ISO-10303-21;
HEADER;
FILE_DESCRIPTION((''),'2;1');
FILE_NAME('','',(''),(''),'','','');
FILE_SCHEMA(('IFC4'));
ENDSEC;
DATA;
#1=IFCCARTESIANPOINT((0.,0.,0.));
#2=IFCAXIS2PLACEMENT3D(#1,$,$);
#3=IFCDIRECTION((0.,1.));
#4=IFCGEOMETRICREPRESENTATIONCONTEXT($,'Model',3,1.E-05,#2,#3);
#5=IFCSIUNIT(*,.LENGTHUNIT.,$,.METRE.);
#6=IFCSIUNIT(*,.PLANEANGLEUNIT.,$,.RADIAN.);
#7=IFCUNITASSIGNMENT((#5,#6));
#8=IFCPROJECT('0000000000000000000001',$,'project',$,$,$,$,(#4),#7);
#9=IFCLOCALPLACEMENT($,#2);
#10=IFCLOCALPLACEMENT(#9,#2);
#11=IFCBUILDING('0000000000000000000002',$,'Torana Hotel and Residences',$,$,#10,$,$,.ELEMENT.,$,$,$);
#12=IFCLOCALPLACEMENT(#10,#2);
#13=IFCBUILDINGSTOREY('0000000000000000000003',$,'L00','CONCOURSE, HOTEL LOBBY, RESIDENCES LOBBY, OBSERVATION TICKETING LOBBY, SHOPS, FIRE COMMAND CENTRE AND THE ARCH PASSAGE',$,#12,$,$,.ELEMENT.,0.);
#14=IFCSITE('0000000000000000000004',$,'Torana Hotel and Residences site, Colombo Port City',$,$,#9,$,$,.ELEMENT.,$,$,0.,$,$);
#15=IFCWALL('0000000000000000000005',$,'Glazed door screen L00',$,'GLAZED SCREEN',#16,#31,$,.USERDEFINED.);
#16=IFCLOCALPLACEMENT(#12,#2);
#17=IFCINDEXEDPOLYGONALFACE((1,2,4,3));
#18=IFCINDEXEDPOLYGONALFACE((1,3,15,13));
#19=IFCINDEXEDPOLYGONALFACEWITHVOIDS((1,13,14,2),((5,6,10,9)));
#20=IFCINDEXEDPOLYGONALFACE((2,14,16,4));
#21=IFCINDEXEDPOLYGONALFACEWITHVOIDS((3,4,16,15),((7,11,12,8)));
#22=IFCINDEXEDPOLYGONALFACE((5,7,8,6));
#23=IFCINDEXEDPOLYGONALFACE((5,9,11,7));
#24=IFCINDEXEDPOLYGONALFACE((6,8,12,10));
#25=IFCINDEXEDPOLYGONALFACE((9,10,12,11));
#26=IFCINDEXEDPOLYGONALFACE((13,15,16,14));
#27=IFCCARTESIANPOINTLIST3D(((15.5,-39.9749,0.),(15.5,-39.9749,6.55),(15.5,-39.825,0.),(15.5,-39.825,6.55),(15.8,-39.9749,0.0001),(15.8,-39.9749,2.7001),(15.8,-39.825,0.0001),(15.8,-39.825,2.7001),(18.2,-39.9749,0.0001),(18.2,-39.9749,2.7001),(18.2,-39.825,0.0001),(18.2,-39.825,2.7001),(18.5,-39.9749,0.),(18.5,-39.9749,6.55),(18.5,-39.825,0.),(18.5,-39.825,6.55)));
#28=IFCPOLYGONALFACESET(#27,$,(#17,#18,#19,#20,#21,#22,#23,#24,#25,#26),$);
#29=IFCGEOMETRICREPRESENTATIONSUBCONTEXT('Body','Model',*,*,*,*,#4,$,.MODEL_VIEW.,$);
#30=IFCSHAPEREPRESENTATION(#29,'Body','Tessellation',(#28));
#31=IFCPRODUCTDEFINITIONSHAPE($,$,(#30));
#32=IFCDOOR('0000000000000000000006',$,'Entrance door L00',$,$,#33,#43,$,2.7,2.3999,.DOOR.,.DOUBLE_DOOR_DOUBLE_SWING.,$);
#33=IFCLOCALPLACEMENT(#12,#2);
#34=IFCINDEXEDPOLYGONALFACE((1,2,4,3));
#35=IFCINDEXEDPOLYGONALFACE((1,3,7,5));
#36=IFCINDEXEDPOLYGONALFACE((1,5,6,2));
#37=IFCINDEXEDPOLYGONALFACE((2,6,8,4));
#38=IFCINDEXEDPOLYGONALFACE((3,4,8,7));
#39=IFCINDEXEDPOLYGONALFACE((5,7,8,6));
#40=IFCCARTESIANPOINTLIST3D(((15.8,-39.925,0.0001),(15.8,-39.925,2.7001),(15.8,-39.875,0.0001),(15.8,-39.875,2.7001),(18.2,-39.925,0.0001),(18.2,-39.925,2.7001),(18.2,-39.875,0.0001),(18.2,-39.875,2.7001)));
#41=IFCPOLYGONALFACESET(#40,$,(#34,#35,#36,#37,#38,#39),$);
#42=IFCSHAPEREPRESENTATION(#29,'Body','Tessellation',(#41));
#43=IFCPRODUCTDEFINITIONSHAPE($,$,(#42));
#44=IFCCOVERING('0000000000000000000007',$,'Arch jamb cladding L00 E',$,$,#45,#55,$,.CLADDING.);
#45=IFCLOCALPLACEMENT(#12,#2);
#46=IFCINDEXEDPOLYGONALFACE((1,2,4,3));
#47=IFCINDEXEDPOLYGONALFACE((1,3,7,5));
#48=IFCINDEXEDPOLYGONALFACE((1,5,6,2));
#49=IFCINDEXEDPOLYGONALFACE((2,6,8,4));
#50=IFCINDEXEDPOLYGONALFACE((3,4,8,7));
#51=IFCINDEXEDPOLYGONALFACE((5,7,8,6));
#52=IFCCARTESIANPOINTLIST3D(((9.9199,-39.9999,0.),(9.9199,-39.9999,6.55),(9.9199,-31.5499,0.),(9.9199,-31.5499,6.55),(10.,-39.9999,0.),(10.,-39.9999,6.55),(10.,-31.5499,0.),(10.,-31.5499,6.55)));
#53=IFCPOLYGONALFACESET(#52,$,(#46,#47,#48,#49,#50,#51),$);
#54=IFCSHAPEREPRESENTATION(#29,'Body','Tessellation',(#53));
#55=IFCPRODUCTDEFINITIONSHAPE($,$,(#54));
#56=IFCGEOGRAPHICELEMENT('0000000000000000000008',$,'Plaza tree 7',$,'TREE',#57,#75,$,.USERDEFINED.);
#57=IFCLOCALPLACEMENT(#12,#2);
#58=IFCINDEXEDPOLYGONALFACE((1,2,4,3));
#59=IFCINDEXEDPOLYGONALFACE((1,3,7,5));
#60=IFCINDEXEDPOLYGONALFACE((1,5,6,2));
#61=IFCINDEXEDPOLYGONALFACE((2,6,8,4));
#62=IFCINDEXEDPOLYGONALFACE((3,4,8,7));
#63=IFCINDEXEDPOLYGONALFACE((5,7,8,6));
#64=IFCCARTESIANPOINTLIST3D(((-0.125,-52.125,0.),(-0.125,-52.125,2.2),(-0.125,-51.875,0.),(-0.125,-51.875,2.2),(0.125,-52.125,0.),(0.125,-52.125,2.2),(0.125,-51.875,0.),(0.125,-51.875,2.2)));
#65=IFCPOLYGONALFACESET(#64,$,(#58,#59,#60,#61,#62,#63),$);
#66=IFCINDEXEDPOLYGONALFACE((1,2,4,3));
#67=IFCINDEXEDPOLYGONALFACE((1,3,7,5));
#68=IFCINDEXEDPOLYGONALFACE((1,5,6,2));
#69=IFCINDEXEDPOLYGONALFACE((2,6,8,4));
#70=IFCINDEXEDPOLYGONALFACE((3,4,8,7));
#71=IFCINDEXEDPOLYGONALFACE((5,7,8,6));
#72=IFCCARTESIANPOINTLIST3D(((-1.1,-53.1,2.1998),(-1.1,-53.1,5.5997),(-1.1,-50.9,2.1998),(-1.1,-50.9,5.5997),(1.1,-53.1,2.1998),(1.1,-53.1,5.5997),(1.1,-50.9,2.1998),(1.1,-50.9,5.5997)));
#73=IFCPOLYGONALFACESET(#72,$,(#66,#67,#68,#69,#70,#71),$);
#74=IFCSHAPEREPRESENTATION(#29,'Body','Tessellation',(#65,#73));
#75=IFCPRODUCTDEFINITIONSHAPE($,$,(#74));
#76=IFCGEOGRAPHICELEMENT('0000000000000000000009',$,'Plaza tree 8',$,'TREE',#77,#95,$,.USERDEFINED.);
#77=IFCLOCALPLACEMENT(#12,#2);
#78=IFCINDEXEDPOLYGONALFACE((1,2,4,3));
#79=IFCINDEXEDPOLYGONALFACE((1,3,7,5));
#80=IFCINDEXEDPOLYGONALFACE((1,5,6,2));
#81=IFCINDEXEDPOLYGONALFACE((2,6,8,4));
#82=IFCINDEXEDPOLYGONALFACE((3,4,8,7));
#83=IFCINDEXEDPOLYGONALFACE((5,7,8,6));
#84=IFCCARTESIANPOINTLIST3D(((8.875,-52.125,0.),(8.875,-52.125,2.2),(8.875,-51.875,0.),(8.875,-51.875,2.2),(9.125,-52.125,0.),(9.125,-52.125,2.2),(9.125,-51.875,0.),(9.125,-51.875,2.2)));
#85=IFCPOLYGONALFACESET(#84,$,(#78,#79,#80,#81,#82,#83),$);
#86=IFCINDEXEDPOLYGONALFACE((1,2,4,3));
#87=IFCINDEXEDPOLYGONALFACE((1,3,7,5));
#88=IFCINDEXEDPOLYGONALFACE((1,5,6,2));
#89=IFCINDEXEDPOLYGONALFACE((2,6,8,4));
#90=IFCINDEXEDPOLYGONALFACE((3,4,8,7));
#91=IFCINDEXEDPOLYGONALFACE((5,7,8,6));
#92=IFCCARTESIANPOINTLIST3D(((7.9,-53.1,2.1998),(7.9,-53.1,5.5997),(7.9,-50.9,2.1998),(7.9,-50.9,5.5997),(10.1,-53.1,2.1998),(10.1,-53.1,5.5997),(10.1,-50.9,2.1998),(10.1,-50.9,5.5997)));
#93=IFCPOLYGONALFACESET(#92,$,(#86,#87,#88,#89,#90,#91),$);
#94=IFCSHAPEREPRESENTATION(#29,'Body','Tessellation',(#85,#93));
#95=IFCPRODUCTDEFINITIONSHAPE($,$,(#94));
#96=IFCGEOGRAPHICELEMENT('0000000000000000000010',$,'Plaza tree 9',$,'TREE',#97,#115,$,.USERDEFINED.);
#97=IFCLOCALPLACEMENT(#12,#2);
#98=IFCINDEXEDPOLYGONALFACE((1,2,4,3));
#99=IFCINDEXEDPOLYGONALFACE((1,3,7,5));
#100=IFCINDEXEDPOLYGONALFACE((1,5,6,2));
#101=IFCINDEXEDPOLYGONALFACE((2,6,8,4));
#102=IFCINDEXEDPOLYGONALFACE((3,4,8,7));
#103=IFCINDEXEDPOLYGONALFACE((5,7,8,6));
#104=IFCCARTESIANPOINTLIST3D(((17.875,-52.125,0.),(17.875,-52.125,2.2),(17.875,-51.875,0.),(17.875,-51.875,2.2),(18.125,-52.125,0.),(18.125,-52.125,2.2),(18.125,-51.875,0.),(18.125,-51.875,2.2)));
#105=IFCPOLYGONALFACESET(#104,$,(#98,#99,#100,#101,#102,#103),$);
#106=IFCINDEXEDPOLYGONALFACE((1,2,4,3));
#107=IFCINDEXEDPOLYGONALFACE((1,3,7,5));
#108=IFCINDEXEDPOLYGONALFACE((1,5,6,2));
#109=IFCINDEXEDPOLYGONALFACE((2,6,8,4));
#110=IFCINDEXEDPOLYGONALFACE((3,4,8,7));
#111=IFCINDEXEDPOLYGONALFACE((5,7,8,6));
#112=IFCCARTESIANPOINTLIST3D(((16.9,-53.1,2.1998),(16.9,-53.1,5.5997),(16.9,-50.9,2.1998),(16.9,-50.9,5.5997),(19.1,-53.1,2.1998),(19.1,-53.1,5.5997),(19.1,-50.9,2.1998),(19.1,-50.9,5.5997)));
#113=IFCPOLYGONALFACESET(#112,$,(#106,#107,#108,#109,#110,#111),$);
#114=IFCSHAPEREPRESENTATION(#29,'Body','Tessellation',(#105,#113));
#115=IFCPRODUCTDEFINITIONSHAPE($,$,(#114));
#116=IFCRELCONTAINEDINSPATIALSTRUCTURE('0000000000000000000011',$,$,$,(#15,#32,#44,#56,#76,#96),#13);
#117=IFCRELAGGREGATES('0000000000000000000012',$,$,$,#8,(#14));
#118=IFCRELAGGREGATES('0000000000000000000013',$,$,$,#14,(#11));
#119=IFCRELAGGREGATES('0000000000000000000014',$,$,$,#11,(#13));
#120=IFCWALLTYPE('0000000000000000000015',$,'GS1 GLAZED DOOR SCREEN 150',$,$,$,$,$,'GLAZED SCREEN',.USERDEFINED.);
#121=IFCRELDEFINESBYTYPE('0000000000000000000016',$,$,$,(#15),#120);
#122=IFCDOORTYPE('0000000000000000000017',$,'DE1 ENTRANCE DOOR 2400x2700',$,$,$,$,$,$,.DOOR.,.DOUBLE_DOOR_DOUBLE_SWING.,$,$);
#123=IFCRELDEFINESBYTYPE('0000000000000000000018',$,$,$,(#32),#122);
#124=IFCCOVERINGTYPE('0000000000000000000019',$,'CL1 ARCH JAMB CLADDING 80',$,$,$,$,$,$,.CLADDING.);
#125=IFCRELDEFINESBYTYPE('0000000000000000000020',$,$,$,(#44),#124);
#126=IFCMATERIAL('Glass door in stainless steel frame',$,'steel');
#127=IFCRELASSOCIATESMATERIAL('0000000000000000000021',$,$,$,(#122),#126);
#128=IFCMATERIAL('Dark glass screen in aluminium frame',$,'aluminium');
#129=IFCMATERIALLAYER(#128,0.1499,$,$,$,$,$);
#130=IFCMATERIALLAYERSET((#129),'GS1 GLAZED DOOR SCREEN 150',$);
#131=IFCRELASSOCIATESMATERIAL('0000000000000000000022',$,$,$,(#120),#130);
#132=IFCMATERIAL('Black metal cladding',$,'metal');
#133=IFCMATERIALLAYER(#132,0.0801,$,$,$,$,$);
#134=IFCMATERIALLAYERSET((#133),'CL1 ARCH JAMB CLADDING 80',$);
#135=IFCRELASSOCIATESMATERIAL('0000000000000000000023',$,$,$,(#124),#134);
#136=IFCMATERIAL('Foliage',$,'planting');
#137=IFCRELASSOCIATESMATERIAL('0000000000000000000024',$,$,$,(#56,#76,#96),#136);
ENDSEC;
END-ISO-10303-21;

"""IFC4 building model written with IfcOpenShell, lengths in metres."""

from ifc_helpers import new_model, si_unit, direction, frame, frame_2d, origin, origin_2d, place, context, subcontext, project, spatial, rectangle, extrude, material, layer, layer_set, type_object, element, fill, save


model = new_model("IFC4")

# Units and contexts
model_context = context("Model", 3, precision=1e-05, world=origin(), true_north=direction((0.0, 1.0)))
body_context = subcontext(model_context, "Body", "Model", "MODEL_VIEW")
ifc_project = project(units=[si_unit("LENGTHUNIT", "METRE"), si_unit("PLANEANGLEUNIT", "RADIAN")], contexts=[model_context])

# Site, building, storey
site_placement = place(None, origin())
site = spatial("IfcSite", under=ifc_project, at=site_placement, Name="Torana Hotel and Residences site, Colombo Port City", CompositionType="ELEMENT", RefElevation=0.0)
building_placement = place(site_placement, origin())
building = spatial("IfcBuilding", under=site, at=building_placement, Name="Torana Hotel and Residences", CompositionType="ELEMENT")
storey_placement = place(building_placement, origin())
storey = spatial("IfcBuildingStorey", under=building, at=storey_placement, Name="L00", Description="CONCOURSE, HOTEL LOBBY, RESIDENCES LOBBY, OBSERVATION TICKETING LOBBY, SHOPS, FIRE COMMAND CENTRE AND THE ARCH PASSAGE", CompositionType="ELEMENT", Elevation=0.0)

# Wall, opening, door
ifc_material_1 = material(Name="Glass door in stainless steel frame", Category="steel")
door_type = type_object("IfcDoorType", Name="DE1 ENTRANCE DOOR 2400x2700", OperationType="DOUBLE_DOOR_DOUBLE_SWING", PredefinedType="DOOR", material=ifc_material_1)
ifc_material_2 = material(Name="Dark glass screen in aluminium frame", Category="aluminium")
ifc_layer_1 = layer(ifc_material_2, 0.1499)
ifc_layer_set_1 = layer_set([ifc_layer_1], Name="GS1 GLAZED DOOR SCREEN 150")
wall_type_1 = type_object("IfcWallType", Name="GS1 GLAZED DOOR SCREEN 150", ElementType="GLAZED SCREEN", PredefinedType="USERDEFINED", material=ifc_layer_set_1)
wall_1_placement = place(storey_placement, frame((15.5, -39.8999, 0.0), z_axis=(0.0, 0.0, 1.0), x_axis=(1.0, 0.0, 0.0)))
wall_1 = element("IfcWall", 1, at=wall_1_placement, inside=storey, type_object=wall_type_1, Name="Glazed door screen L00", ObjectType="GLAZED SCREEN", PredefinedType="USERDEFINED", context=body_context, shape_type="SweptSolid", body=[
    extrude(rectangle(XDim=3.0, YDim=0.1499, at=frame_2d((1.5, 0.0))), origin(), (0.0, 0.0, 1.0), 6.55),
])
opening_1_placement = place(wall_1_placement, frame((0.3, 0.0, 0.0)))
opening_1 = element("IfcOpeningElement", 2, at=opening_1_placement, cuts=wall_1, PredefinedType="OPENING", context=body_context, shape_type="SweptSolid", body=[
    extrude(rectangle(XDim=2.3999, YDim=2.7, at=frame_2d((1.2, 1.3501))), frame((0.0, 0.085, 0.0), z_axis=(0.0, -1.0, 0.0), x_axis=(1.0, 0.0, 0.0)), (0.0, 0.0, 1.0), 0.1699),
])
door_1_placement = place(opening_1_placement, frame((1.2, 0.0, 0.0), z_axis=(0.0, 0.0, 1.0), x_axis=(-1.0, 0.0, 0.0)))
door_1 = element("IfcDoor", 3, at=door_1_placement, inside=storey, type_object=door_type, Name="Entrance door L00", OperationType="DOUBLE_DOOR_DOUBLE_SWING", OverallHeight=2.7, OverallWidth=2.3999, PredefinedType="DOOR", context=body_context, shape_type="SweptSolid", body=[
    extrude(rectangle(XDim=2.3999, YDim=2.7, at=frame_2d((0.0, 1.3501))), frame((0.0, -0.0249, 0.0), z_axis=(0.0, 1.0, 0.0), x_axis=(-1.0, 0.0, 0.0)), (0.0, 0.0, 1.0), 0.05),
])
fill(opening_1, door_1)

# Covering
ifc_material_3 = material(Name="Black metal cladding", Category="metal")
ifc_layer_2 = layer(ifc_material_3, 0.0801)
ifc_layer_set_2 = layer_set([ifc_layer_2], Name="CL1 ARCH JAMB CLADDING 80")
covering_type = type_object("IfcCoveringType", Name="CL1 ARCH JAMB CLADDING 80", PredefinedType="CLADDING", material=ifc_layer_set_2)
covering_placement = place(storey_placement, frame((9.96, -40.0, 0.0), z_axis=(0.0, 0.0, 1.0), x_axis=(0.0, 1.0, 0.0)))
element("IfcCovering", 4, at=covering_placement, inside=storey, type_object=covering_type, Name="Arch jamb cladding L00 E", PredefinedType="CLADDING", context=body_context, shape_type="SweptSolid", body=[
    extrude(rectangle(XDim=8.45, YDim=0.0801, at=frame_2d((4.2251, 0.0))), origin(), (0.0, 0.0, 1.0), 6.55),
])

# Geographic elements
ifc_material_4 = material(Name="Foliage", Category="planting")
for number, where, z_axis, x_axis, name in (
    (5, (0.0, -52.0, 0.0), (0.0, 0.0, 1.0), (1.0, 0.0, 0.0), "Plaza tree 7"),
    (6, (9.0, -52.0, 0.0), (0.0, 0.0, 1.0), (1.0, 0.0, 0.0), "Plaza tree 8"),
    (7, (18.0, -52.0, 0.0), (0.0, 0.0, 1.0), (1.0, 0.0, 0.0), "Plaza tree 9"),
):
    element("IfcGeographicElement", number, at=place(storey_placement, frame(where, z_axis=z_axis, x_axis=x_axis)), inside=storey, material=ifc_material_4, Name=name, ObjectType="TREE", PredefinedType="USERDEFINED", context=body_context, shape_type="SweptSolid", body=[
        extrude(rectangle(XDim=0.25, YDim=0.25, at=origin_2d()), origin(), (0.0, 0.0, 1.0), 2.2),
        extrude(rectangle(XDim=2.2, YDim=2.2, at=origin_2d()), frame((0.0, 0.0, 2.1998)), (0.0, 0.0, 1.0), 3.3999),
    ])

save(model, "model.ifc")
